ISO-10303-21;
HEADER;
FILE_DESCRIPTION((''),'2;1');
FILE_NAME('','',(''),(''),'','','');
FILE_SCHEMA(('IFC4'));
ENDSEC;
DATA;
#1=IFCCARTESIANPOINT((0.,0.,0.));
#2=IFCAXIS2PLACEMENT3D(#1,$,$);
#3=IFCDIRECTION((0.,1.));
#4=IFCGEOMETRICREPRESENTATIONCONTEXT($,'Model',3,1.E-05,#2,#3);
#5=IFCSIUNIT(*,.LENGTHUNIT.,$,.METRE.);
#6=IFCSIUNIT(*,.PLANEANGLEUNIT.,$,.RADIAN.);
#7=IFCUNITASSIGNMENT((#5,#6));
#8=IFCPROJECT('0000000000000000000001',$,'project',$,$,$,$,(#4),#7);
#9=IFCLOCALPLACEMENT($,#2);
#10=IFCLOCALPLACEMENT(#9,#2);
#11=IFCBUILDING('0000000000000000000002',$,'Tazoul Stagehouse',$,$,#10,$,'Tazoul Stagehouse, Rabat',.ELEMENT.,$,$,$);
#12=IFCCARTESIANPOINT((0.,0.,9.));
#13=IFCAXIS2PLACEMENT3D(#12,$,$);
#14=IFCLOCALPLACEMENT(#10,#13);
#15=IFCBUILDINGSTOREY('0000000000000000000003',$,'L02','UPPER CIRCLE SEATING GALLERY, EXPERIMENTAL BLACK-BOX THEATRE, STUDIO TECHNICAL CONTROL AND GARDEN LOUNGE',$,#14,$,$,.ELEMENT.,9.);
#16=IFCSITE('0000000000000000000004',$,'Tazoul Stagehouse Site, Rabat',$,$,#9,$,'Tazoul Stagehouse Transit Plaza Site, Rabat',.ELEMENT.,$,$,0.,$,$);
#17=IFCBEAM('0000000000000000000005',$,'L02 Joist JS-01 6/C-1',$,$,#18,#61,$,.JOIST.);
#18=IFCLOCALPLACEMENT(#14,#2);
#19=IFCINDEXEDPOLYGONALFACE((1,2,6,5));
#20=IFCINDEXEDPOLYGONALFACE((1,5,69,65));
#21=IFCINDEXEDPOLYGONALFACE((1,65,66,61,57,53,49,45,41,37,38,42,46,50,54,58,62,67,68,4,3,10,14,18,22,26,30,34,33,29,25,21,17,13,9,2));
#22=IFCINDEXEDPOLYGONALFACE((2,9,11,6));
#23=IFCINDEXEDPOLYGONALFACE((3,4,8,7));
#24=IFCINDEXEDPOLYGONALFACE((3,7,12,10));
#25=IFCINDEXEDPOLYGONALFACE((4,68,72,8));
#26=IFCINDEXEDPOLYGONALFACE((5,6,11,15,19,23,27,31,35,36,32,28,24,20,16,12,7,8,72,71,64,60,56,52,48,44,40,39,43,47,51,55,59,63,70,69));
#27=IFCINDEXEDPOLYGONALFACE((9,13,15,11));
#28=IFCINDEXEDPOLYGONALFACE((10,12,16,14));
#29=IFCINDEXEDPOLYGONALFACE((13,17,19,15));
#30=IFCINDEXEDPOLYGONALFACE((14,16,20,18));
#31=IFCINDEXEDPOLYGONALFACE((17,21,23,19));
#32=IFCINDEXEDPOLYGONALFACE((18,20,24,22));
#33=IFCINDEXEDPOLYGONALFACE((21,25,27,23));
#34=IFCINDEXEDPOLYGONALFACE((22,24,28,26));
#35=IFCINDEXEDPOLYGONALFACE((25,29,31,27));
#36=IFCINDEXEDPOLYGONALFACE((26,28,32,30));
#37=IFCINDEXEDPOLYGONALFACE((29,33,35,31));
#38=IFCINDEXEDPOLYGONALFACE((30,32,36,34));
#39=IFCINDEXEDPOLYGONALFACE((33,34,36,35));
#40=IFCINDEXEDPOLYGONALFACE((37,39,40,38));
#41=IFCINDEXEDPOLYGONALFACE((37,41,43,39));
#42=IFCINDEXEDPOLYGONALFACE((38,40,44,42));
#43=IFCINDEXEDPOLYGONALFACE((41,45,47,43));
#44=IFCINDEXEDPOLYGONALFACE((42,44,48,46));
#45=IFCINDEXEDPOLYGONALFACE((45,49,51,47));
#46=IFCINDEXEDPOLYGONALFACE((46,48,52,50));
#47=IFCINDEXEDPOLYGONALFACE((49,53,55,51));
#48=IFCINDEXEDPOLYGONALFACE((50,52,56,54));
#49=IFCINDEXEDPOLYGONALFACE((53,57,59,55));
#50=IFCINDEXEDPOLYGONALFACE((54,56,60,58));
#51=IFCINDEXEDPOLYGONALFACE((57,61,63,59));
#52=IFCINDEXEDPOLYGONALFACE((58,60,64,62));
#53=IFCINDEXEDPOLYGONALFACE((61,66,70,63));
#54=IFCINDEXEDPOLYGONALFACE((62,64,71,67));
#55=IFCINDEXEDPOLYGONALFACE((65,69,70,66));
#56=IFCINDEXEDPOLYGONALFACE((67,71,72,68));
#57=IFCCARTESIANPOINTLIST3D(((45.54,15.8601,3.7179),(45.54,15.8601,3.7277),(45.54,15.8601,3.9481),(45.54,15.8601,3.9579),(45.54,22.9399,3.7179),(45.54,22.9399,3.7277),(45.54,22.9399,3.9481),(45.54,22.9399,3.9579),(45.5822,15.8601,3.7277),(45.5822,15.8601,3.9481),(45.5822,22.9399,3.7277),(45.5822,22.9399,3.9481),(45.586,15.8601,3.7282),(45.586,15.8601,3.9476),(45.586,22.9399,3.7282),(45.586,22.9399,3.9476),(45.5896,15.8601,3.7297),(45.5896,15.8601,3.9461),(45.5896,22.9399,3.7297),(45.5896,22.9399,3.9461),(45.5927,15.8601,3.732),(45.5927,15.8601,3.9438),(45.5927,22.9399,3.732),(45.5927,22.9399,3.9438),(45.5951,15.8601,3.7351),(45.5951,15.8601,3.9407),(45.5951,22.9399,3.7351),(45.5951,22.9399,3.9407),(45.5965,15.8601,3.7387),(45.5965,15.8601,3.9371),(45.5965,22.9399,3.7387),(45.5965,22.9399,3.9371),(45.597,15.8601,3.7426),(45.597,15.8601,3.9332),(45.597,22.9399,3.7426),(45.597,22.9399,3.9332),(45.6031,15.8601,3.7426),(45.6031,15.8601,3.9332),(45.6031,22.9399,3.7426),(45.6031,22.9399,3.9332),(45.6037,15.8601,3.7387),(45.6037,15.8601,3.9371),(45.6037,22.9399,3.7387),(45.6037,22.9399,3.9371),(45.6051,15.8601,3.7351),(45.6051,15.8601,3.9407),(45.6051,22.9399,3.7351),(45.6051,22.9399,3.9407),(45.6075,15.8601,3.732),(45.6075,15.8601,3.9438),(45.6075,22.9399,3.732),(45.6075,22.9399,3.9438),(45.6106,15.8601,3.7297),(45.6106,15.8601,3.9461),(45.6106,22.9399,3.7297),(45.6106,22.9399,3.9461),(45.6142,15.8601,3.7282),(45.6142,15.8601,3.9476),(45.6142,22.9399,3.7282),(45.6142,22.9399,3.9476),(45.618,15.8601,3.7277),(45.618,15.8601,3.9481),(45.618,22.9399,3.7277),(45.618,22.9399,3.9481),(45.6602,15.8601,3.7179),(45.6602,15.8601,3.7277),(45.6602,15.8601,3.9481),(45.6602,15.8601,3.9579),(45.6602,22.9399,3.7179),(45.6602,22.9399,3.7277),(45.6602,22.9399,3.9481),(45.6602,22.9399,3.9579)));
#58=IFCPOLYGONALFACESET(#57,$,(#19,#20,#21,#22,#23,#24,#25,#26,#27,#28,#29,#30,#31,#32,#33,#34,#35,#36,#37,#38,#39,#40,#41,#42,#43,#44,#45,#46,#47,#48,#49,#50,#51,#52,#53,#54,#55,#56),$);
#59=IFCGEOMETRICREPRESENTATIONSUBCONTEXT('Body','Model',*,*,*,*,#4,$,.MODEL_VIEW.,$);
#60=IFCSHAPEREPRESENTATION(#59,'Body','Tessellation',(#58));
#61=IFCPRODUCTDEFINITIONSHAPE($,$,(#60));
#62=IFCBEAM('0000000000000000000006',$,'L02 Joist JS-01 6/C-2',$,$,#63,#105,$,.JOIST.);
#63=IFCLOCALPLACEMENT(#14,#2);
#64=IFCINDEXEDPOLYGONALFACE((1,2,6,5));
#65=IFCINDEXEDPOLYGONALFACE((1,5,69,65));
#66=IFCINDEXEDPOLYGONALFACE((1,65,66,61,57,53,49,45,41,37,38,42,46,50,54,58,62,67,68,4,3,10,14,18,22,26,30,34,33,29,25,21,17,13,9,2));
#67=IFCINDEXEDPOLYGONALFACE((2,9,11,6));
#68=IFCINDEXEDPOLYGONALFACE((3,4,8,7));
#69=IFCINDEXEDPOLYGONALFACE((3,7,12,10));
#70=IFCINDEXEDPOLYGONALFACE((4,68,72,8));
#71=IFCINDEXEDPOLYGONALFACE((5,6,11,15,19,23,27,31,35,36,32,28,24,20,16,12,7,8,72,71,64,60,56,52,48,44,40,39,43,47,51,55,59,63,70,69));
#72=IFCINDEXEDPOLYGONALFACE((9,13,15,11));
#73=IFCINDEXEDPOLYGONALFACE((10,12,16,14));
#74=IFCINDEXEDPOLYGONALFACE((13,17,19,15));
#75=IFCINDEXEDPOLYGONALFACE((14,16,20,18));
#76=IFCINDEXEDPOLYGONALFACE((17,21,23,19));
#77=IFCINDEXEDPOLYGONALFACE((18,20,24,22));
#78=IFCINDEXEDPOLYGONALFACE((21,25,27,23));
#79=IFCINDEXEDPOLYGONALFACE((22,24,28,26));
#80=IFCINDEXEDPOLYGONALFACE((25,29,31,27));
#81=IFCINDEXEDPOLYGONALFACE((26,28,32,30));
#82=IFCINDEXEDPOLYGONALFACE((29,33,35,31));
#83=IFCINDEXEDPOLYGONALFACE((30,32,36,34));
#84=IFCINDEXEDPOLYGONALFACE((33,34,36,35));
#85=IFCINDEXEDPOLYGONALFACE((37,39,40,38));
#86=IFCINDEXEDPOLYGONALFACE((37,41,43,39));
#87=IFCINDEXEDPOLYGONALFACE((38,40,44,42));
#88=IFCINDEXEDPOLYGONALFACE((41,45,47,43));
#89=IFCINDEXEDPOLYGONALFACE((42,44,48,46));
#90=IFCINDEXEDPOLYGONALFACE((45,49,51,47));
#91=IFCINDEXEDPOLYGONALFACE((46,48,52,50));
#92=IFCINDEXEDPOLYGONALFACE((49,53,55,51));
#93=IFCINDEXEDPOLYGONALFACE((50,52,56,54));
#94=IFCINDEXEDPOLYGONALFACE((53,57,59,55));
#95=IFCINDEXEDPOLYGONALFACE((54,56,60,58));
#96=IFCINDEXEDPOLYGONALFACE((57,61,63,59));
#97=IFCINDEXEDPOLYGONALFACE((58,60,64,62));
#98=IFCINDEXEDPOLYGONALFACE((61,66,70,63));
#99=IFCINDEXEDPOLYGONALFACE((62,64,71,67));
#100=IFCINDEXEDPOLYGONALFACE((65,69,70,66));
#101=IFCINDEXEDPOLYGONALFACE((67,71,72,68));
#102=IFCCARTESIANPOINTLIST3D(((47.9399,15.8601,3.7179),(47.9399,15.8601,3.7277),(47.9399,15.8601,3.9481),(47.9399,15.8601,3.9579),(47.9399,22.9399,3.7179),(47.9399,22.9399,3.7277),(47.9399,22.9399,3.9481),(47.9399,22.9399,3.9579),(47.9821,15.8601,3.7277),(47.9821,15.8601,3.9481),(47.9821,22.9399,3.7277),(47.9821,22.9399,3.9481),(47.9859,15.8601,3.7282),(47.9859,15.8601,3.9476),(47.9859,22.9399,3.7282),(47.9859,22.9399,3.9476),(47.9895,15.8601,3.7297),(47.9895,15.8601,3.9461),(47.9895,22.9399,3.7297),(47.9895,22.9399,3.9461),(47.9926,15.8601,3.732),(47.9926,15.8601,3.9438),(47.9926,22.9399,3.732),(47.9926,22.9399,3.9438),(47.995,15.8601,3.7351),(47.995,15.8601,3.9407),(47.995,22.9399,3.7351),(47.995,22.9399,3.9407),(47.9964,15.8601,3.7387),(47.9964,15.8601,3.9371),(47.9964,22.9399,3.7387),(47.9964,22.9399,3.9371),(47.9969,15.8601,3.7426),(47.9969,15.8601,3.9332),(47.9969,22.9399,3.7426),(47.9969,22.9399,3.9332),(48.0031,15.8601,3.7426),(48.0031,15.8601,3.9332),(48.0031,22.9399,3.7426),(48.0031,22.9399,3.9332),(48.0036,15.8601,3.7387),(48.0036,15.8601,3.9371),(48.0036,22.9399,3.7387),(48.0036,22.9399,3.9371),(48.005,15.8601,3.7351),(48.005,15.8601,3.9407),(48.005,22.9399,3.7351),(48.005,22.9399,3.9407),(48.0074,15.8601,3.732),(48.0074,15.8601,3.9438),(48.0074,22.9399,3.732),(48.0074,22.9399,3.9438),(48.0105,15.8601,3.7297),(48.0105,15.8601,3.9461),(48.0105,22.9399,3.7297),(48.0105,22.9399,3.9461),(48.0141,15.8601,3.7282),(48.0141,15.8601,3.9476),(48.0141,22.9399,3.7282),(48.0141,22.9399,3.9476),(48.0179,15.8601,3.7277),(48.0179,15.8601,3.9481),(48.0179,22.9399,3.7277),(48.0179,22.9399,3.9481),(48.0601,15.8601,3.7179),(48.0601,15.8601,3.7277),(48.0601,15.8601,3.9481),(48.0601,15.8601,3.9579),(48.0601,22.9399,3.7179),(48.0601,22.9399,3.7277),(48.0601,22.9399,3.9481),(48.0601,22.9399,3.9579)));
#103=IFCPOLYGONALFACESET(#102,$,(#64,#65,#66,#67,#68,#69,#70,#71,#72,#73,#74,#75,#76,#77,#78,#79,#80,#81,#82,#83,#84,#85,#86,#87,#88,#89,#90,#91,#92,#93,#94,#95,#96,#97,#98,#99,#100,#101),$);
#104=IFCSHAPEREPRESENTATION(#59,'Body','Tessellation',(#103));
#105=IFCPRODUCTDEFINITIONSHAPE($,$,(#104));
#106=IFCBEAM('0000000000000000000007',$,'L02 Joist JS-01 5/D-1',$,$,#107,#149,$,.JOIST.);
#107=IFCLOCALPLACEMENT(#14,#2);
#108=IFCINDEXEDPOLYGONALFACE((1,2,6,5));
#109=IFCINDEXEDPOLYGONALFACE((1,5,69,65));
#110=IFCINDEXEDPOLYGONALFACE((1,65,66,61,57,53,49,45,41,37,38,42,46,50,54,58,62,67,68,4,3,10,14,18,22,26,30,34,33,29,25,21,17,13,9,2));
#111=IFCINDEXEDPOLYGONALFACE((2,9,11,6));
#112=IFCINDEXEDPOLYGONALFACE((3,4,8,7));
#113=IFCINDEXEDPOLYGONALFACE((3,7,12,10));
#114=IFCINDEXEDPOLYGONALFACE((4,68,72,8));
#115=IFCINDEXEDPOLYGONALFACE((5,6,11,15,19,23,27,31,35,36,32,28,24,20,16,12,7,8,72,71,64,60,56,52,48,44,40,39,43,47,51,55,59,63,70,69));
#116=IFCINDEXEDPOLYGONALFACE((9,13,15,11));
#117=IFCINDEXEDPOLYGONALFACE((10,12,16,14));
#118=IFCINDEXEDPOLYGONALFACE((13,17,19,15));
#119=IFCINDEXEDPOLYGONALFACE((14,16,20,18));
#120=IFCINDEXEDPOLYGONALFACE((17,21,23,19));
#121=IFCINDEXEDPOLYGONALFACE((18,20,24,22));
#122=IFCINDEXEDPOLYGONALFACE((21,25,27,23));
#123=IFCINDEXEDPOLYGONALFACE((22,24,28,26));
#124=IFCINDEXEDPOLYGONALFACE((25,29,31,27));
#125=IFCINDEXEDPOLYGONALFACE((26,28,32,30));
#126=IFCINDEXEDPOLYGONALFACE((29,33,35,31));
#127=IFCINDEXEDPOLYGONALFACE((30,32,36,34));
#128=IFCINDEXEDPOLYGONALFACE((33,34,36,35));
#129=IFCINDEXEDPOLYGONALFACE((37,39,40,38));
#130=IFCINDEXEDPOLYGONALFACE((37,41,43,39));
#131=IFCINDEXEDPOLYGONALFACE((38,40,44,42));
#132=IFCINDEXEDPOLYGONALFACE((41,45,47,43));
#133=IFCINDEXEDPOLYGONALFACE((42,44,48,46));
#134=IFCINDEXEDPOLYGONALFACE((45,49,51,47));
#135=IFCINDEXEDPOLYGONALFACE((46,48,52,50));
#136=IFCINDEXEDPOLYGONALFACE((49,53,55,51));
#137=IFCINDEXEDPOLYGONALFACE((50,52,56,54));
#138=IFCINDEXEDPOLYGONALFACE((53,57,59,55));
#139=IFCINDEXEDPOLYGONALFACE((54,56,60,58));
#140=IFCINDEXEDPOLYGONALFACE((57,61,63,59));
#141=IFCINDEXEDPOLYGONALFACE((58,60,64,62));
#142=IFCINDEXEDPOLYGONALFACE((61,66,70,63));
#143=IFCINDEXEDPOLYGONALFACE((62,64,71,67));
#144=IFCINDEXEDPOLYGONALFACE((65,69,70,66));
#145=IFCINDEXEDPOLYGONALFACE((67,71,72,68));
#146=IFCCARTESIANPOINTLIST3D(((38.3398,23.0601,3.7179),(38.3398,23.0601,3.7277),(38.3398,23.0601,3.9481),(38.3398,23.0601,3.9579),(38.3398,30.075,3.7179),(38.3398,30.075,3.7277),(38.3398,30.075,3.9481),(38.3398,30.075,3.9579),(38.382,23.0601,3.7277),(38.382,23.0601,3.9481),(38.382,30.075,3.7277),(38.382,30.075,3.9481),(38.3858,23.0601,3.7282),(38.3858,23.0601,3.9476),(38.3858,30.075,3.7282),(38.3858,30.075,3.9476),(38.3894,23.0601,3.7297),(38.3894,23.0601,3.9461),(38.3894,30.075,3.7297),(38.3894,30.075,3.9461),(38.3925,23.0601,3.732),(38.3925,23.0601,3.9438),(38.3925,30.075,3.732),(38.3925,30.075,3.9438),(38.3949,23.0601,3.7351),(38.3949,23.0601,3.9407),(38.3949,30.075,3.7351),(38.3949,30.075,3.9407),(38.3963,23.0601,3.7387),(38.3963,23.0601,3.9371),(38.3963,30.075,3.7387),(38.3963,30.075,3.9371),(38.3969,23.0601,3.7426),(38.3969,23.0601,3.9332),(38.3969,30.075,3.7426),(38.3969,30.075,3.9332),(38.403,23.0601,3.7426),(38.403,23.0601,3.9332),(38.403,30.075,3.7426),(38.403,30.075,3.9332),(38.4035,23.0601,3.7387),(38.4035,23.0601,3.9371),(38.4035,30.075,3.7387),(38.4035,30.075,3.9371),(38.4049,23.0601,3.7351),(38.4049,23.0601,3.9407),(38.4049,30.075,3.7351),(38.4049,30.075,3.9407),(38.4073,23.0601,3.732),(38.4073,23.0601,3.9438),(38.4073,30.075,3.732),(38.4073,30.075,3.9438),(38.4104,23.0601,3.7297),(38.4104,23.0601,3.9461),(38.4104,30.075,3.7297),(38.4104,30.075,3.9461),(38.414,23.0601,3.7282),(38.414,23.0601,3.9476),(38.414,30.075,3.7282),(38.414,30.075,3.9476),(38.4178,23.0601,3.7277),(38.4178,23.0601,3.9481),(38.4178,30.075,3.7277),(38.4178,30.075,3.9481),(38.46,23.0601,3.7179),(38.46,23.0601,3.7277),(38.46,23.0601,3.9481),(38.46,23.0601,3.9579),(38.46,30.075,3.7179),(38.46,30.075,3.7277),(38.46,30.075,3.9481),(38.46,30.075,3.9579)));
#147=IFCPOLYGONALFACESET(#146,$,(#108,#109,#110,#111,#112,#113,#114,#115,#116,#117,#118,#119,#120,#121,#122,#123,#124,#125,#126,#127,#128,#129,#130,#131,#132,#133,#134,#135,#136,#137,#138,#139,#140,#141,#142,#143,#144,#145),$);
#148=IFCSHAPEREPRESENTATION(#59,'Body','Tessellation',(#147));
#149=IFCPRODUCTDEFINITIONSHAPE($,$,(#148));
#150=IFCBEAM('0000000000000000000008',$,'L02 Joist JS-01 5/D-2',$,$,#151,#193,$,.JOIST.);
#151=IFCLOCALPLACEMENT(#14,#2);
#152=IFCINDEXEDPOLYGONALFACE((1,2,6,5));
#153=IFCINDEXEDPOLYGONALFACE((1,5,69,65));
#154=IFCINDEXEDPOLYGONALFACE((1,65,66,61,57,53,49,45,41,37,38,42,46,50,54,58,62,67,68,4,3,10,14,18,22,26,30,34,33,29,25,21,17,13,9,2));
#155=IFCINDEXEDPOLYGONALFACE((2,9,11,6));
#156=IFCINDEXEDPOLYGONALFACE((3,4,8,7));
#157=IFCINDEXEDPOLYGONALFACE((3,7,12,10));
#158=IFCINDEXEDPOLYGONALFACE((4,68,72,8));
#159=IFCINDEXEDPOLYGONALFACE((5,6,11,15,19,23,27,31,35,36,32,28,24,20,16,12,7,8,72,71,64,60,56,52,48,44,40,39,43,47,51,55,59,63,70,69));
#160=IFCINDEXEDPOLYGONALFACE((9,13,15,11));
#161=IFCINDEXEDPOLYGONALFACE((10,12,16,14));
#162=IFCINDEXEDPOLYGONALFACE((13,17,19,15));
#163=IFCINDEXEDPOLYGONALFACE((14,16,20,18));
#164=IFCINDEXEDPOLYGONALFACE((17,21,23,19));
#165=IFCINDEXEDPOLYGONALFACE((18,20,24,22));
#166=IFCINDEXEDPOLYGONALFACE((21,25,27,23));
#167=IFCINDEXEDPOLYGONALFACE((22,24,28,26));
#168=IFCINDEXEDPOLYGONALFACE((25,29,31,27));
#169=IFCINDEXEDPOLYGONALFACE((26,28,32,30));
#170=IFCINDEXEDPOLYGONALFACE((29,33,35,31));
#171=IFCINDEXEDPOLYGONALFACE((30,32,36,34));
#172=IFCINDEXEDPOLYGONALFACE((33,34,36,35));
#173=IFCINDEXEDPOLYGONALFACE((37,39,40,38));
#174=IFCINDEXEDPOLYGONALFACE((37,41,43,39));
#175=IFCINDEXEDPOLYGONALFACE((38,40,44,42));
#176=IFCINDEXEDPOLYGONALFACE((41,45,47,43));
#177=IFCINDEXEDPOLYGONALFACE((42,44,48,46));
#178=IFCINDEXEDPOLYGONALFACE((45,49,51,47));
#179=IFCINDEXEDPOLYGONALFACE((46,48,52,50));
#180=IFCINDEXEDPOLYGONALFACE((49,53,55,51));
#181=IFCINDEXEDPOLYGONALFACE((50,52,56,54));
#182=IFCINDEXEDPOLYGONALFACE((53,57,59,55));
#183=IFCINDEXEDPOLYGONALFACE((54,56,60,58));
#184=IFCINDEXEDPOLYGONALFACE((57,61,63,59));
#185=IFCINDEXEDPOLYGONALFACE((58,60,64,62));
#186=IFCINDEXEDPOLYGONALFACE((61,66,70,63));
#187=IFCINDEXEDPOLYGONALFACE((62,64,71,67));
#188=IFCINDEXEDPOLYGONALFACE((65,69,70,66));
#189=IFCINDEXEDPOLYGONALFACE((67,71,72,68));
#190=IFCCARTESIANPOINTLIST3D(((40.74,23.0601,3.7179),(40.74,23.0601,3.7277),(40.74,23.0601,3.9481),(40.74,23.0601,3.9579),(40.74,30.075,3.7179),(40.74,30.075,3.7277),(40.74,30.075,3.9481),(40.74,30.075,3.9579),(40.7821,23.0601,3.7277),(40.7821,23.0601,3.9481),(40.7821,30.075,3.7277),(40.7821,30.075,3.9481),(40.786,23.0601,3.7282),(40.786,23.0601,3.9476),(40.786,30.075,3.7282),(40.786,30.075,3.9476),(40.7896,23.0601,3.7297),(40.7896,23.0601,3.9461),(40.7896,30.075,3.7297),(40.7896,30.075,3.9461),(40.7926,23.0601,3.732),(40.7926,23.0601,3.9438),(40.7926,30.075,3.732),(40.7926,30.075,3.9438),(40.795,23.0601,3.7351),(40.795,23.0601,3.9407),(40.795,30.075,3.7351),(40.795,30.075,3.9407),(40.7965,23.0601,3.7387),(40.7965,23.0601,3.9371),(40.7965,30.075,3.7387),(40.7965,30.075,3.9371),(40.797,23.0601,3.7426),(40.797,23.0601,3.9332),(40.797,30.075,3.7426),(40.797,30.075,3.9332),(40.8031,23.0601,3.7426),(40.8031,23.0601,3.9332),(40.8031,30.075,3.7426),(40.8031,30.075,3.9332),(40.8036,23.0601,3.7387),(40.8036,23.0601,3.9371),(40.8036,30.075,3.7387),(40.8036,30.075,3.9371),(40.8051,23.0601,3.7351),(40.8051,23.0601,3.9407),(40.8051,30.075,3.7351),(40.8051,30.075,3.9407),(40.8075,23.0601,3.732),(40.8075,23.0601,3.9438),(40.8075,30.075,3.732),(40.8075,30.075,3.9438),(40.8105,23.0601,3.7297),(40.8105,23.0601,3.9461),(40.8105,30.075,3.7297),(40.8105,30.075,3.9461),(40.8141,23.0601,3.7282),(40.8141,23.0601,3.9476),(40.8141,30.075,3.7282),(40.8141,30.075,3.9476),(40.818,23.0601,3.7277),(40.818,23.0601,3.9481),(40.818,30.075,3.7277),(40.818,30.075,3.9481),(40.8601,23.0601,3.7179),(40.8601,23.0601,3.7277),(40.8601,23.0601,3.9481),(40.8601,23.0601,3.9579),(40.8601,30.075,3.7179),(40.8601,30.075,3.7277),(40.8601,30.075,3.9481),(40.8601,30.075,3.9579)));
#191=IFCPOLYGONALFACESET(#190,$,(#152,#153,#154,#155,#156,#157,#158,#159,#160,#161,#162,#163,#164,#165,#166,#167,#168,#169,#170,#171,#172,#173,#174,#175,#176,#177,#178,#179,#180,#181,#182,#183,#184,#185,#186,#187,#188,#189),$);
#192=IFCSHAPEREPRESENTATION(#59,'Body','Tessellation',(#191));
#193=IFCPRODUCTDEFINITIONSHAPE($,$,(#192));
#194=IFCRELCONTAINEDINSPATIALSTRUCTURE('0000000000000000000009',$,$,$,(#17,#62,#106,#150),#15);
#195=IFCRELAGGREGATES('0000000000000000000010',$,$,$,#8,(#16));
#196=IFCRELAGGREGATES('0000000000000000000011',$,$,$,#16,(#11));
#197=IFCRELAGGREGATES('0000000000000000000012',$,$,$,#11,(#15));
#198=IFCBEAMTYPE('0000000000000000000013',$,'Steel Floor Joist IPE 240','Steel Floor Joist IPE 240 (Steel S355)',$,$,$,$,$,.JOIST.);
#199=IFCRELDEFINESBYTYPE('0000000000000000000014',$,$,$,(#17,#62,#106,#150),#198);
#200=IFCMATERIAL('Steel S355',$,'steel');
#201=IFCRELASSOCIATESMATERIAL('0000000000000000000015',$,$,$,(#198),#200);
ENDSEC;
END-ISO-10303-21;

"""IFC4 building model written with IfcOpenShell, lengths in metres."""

from ifc_helpers import new_model, si_unit, direction, frame, origin, origin_2d, place, context, subcontext, project, spatial, i_section, extrude, material, material_profile, profile_set, type_object, element, save


model = new_model("IFC4")

# Units and contexts
model_context = context("Model", 3, precision=1e-05, world=origin(), true_north=direction((0.0, 1.0)))
body_context = subcontext(model_context, "Body", "Model", "MODEL_VIEW")
ifc_project = project(units=[si_unit("LENGTHUNIT", "METRE"), si_unit("PLANEANGLEUNIT", "RADIAN")], contexts=[model_context])

# Site, building, storey
site_placement = place(None, origin())
site = spatial("IfcSite", under=ifc_project, at=site_placement, Name="Tazoul Stagehouse Site, Rabat", LongName="Tazoul Stagehouse Transit Plaza Site, Rabat", CompositionType="ELEMENT", RefElevation=0.0)
building_placement = place(site_placement, origin())
building = spatial("IfcBuilding", under=site, at=building_placement, Name="Tazoul Stagehouse", LongName="Tazoul Stagehouse, Rabat", CompositionType="ELEMENT")
storey_placement = place(building_placement, frame((0.0, 0.0, 9.0)))
storey = spatial("IfcBuildingStorey", under=building, at=storey_placement, Name="L02", Description="UPPER CIRCLE SEATING GALLERY, EXPERIMENTAL BLACK-BOX THEATRE, STUDIO TECHNICAL CONTROL AND GARDEN LOUNGE", CompositionType="ELEMENT", Elevation=9.0)

# Beams
ifc_material_1 = material(Name="Steel S355", Category="steel")
ifc_material_profile_1 = material_profile(ifc_material_1, i_section(OverallWidth=0.1201, OverallDepth=0.24, WebThickness=0.0061, FlangeThickness=0.0098, FilletRadius=0.0149, at=origin_2d()), Name="IPE 240")
ifc_profile_set_1 = profile_set([ifc_material_profile_1], Name="Steel S355")
beam_type_1 = type_object("IfcBeamType", Name="Steel Floor Joist IPE 240", Description="Steel Floor Joist IPE 240 (Steel S355)", PredefinedType="JOIST", material=ifc_profile_set_1)
for number, where, z_axis, x_axis, name in (
    (1, (45.6001, 15.8601, 3.8379), (0.0, 1.0, 0.0), (-1.0, 0.0, 0.0), "L02 Joist JS-01 6/C-1"),
    (2, (48.0, 15.8601, 3.8379), (0.0, 1.0, 0.0), (-1.0, 0.0, 0.0), "L02 Joist JS-01 6/C-2"),
):
    element("IfcBeam", number, at=place(storey_placement, frame(where, z_axis=z_axis, x_axis=x_axis)), inside=storey, type_object=beam_type_1, Name=name, PredefinedType="JOIST", context=body_context, shape_type="SweptSolid", body=[
        extrude(i_section(OverallWidth=0.1201, OverallDepth=0.24, WebThickness=0.0061, FlangeThickness=0.0098, FilletRadius=0.0149, at=origin_2d()), origin(), (0.0, 0.0, 1.0), 7.0798),
    ])
for number, where, z_axis, x_axis, name in (
    (3, (38.3999, 23.0601, 3.8379), (0.0, 1.0, 0.0), (-1.0, 0.0, 0.0), "L02 Joist JS-01 5/D-1"),
    (4, (40.8, 23.0601, 3.8379), (0.0, 1.0, 0.0), (-1.0, 0.0, 0.0), "L02 Joist JS-01 5/D-2"),
):
    element("IfcBeam", number, at=place(storey_placement, frame(where, z_axis=z_axis, x_axis=x_axis)), inside=storey, type_object=beam_type_1, Name=name, PredefinedType="JOIST", context=body_context, shape_type="SweptSolid", body=[
        extrude(i_section(OverallWidth=0.1201, OverallDepth=0.24, WebThickness=0.0061, FlangeThickness=0.0098, FilletRadius=0.0149, at=origin_2d()), origin(), (0.0, 0.0, 1.0), 7.0149),
    ])

save(model, "model.ifc")
